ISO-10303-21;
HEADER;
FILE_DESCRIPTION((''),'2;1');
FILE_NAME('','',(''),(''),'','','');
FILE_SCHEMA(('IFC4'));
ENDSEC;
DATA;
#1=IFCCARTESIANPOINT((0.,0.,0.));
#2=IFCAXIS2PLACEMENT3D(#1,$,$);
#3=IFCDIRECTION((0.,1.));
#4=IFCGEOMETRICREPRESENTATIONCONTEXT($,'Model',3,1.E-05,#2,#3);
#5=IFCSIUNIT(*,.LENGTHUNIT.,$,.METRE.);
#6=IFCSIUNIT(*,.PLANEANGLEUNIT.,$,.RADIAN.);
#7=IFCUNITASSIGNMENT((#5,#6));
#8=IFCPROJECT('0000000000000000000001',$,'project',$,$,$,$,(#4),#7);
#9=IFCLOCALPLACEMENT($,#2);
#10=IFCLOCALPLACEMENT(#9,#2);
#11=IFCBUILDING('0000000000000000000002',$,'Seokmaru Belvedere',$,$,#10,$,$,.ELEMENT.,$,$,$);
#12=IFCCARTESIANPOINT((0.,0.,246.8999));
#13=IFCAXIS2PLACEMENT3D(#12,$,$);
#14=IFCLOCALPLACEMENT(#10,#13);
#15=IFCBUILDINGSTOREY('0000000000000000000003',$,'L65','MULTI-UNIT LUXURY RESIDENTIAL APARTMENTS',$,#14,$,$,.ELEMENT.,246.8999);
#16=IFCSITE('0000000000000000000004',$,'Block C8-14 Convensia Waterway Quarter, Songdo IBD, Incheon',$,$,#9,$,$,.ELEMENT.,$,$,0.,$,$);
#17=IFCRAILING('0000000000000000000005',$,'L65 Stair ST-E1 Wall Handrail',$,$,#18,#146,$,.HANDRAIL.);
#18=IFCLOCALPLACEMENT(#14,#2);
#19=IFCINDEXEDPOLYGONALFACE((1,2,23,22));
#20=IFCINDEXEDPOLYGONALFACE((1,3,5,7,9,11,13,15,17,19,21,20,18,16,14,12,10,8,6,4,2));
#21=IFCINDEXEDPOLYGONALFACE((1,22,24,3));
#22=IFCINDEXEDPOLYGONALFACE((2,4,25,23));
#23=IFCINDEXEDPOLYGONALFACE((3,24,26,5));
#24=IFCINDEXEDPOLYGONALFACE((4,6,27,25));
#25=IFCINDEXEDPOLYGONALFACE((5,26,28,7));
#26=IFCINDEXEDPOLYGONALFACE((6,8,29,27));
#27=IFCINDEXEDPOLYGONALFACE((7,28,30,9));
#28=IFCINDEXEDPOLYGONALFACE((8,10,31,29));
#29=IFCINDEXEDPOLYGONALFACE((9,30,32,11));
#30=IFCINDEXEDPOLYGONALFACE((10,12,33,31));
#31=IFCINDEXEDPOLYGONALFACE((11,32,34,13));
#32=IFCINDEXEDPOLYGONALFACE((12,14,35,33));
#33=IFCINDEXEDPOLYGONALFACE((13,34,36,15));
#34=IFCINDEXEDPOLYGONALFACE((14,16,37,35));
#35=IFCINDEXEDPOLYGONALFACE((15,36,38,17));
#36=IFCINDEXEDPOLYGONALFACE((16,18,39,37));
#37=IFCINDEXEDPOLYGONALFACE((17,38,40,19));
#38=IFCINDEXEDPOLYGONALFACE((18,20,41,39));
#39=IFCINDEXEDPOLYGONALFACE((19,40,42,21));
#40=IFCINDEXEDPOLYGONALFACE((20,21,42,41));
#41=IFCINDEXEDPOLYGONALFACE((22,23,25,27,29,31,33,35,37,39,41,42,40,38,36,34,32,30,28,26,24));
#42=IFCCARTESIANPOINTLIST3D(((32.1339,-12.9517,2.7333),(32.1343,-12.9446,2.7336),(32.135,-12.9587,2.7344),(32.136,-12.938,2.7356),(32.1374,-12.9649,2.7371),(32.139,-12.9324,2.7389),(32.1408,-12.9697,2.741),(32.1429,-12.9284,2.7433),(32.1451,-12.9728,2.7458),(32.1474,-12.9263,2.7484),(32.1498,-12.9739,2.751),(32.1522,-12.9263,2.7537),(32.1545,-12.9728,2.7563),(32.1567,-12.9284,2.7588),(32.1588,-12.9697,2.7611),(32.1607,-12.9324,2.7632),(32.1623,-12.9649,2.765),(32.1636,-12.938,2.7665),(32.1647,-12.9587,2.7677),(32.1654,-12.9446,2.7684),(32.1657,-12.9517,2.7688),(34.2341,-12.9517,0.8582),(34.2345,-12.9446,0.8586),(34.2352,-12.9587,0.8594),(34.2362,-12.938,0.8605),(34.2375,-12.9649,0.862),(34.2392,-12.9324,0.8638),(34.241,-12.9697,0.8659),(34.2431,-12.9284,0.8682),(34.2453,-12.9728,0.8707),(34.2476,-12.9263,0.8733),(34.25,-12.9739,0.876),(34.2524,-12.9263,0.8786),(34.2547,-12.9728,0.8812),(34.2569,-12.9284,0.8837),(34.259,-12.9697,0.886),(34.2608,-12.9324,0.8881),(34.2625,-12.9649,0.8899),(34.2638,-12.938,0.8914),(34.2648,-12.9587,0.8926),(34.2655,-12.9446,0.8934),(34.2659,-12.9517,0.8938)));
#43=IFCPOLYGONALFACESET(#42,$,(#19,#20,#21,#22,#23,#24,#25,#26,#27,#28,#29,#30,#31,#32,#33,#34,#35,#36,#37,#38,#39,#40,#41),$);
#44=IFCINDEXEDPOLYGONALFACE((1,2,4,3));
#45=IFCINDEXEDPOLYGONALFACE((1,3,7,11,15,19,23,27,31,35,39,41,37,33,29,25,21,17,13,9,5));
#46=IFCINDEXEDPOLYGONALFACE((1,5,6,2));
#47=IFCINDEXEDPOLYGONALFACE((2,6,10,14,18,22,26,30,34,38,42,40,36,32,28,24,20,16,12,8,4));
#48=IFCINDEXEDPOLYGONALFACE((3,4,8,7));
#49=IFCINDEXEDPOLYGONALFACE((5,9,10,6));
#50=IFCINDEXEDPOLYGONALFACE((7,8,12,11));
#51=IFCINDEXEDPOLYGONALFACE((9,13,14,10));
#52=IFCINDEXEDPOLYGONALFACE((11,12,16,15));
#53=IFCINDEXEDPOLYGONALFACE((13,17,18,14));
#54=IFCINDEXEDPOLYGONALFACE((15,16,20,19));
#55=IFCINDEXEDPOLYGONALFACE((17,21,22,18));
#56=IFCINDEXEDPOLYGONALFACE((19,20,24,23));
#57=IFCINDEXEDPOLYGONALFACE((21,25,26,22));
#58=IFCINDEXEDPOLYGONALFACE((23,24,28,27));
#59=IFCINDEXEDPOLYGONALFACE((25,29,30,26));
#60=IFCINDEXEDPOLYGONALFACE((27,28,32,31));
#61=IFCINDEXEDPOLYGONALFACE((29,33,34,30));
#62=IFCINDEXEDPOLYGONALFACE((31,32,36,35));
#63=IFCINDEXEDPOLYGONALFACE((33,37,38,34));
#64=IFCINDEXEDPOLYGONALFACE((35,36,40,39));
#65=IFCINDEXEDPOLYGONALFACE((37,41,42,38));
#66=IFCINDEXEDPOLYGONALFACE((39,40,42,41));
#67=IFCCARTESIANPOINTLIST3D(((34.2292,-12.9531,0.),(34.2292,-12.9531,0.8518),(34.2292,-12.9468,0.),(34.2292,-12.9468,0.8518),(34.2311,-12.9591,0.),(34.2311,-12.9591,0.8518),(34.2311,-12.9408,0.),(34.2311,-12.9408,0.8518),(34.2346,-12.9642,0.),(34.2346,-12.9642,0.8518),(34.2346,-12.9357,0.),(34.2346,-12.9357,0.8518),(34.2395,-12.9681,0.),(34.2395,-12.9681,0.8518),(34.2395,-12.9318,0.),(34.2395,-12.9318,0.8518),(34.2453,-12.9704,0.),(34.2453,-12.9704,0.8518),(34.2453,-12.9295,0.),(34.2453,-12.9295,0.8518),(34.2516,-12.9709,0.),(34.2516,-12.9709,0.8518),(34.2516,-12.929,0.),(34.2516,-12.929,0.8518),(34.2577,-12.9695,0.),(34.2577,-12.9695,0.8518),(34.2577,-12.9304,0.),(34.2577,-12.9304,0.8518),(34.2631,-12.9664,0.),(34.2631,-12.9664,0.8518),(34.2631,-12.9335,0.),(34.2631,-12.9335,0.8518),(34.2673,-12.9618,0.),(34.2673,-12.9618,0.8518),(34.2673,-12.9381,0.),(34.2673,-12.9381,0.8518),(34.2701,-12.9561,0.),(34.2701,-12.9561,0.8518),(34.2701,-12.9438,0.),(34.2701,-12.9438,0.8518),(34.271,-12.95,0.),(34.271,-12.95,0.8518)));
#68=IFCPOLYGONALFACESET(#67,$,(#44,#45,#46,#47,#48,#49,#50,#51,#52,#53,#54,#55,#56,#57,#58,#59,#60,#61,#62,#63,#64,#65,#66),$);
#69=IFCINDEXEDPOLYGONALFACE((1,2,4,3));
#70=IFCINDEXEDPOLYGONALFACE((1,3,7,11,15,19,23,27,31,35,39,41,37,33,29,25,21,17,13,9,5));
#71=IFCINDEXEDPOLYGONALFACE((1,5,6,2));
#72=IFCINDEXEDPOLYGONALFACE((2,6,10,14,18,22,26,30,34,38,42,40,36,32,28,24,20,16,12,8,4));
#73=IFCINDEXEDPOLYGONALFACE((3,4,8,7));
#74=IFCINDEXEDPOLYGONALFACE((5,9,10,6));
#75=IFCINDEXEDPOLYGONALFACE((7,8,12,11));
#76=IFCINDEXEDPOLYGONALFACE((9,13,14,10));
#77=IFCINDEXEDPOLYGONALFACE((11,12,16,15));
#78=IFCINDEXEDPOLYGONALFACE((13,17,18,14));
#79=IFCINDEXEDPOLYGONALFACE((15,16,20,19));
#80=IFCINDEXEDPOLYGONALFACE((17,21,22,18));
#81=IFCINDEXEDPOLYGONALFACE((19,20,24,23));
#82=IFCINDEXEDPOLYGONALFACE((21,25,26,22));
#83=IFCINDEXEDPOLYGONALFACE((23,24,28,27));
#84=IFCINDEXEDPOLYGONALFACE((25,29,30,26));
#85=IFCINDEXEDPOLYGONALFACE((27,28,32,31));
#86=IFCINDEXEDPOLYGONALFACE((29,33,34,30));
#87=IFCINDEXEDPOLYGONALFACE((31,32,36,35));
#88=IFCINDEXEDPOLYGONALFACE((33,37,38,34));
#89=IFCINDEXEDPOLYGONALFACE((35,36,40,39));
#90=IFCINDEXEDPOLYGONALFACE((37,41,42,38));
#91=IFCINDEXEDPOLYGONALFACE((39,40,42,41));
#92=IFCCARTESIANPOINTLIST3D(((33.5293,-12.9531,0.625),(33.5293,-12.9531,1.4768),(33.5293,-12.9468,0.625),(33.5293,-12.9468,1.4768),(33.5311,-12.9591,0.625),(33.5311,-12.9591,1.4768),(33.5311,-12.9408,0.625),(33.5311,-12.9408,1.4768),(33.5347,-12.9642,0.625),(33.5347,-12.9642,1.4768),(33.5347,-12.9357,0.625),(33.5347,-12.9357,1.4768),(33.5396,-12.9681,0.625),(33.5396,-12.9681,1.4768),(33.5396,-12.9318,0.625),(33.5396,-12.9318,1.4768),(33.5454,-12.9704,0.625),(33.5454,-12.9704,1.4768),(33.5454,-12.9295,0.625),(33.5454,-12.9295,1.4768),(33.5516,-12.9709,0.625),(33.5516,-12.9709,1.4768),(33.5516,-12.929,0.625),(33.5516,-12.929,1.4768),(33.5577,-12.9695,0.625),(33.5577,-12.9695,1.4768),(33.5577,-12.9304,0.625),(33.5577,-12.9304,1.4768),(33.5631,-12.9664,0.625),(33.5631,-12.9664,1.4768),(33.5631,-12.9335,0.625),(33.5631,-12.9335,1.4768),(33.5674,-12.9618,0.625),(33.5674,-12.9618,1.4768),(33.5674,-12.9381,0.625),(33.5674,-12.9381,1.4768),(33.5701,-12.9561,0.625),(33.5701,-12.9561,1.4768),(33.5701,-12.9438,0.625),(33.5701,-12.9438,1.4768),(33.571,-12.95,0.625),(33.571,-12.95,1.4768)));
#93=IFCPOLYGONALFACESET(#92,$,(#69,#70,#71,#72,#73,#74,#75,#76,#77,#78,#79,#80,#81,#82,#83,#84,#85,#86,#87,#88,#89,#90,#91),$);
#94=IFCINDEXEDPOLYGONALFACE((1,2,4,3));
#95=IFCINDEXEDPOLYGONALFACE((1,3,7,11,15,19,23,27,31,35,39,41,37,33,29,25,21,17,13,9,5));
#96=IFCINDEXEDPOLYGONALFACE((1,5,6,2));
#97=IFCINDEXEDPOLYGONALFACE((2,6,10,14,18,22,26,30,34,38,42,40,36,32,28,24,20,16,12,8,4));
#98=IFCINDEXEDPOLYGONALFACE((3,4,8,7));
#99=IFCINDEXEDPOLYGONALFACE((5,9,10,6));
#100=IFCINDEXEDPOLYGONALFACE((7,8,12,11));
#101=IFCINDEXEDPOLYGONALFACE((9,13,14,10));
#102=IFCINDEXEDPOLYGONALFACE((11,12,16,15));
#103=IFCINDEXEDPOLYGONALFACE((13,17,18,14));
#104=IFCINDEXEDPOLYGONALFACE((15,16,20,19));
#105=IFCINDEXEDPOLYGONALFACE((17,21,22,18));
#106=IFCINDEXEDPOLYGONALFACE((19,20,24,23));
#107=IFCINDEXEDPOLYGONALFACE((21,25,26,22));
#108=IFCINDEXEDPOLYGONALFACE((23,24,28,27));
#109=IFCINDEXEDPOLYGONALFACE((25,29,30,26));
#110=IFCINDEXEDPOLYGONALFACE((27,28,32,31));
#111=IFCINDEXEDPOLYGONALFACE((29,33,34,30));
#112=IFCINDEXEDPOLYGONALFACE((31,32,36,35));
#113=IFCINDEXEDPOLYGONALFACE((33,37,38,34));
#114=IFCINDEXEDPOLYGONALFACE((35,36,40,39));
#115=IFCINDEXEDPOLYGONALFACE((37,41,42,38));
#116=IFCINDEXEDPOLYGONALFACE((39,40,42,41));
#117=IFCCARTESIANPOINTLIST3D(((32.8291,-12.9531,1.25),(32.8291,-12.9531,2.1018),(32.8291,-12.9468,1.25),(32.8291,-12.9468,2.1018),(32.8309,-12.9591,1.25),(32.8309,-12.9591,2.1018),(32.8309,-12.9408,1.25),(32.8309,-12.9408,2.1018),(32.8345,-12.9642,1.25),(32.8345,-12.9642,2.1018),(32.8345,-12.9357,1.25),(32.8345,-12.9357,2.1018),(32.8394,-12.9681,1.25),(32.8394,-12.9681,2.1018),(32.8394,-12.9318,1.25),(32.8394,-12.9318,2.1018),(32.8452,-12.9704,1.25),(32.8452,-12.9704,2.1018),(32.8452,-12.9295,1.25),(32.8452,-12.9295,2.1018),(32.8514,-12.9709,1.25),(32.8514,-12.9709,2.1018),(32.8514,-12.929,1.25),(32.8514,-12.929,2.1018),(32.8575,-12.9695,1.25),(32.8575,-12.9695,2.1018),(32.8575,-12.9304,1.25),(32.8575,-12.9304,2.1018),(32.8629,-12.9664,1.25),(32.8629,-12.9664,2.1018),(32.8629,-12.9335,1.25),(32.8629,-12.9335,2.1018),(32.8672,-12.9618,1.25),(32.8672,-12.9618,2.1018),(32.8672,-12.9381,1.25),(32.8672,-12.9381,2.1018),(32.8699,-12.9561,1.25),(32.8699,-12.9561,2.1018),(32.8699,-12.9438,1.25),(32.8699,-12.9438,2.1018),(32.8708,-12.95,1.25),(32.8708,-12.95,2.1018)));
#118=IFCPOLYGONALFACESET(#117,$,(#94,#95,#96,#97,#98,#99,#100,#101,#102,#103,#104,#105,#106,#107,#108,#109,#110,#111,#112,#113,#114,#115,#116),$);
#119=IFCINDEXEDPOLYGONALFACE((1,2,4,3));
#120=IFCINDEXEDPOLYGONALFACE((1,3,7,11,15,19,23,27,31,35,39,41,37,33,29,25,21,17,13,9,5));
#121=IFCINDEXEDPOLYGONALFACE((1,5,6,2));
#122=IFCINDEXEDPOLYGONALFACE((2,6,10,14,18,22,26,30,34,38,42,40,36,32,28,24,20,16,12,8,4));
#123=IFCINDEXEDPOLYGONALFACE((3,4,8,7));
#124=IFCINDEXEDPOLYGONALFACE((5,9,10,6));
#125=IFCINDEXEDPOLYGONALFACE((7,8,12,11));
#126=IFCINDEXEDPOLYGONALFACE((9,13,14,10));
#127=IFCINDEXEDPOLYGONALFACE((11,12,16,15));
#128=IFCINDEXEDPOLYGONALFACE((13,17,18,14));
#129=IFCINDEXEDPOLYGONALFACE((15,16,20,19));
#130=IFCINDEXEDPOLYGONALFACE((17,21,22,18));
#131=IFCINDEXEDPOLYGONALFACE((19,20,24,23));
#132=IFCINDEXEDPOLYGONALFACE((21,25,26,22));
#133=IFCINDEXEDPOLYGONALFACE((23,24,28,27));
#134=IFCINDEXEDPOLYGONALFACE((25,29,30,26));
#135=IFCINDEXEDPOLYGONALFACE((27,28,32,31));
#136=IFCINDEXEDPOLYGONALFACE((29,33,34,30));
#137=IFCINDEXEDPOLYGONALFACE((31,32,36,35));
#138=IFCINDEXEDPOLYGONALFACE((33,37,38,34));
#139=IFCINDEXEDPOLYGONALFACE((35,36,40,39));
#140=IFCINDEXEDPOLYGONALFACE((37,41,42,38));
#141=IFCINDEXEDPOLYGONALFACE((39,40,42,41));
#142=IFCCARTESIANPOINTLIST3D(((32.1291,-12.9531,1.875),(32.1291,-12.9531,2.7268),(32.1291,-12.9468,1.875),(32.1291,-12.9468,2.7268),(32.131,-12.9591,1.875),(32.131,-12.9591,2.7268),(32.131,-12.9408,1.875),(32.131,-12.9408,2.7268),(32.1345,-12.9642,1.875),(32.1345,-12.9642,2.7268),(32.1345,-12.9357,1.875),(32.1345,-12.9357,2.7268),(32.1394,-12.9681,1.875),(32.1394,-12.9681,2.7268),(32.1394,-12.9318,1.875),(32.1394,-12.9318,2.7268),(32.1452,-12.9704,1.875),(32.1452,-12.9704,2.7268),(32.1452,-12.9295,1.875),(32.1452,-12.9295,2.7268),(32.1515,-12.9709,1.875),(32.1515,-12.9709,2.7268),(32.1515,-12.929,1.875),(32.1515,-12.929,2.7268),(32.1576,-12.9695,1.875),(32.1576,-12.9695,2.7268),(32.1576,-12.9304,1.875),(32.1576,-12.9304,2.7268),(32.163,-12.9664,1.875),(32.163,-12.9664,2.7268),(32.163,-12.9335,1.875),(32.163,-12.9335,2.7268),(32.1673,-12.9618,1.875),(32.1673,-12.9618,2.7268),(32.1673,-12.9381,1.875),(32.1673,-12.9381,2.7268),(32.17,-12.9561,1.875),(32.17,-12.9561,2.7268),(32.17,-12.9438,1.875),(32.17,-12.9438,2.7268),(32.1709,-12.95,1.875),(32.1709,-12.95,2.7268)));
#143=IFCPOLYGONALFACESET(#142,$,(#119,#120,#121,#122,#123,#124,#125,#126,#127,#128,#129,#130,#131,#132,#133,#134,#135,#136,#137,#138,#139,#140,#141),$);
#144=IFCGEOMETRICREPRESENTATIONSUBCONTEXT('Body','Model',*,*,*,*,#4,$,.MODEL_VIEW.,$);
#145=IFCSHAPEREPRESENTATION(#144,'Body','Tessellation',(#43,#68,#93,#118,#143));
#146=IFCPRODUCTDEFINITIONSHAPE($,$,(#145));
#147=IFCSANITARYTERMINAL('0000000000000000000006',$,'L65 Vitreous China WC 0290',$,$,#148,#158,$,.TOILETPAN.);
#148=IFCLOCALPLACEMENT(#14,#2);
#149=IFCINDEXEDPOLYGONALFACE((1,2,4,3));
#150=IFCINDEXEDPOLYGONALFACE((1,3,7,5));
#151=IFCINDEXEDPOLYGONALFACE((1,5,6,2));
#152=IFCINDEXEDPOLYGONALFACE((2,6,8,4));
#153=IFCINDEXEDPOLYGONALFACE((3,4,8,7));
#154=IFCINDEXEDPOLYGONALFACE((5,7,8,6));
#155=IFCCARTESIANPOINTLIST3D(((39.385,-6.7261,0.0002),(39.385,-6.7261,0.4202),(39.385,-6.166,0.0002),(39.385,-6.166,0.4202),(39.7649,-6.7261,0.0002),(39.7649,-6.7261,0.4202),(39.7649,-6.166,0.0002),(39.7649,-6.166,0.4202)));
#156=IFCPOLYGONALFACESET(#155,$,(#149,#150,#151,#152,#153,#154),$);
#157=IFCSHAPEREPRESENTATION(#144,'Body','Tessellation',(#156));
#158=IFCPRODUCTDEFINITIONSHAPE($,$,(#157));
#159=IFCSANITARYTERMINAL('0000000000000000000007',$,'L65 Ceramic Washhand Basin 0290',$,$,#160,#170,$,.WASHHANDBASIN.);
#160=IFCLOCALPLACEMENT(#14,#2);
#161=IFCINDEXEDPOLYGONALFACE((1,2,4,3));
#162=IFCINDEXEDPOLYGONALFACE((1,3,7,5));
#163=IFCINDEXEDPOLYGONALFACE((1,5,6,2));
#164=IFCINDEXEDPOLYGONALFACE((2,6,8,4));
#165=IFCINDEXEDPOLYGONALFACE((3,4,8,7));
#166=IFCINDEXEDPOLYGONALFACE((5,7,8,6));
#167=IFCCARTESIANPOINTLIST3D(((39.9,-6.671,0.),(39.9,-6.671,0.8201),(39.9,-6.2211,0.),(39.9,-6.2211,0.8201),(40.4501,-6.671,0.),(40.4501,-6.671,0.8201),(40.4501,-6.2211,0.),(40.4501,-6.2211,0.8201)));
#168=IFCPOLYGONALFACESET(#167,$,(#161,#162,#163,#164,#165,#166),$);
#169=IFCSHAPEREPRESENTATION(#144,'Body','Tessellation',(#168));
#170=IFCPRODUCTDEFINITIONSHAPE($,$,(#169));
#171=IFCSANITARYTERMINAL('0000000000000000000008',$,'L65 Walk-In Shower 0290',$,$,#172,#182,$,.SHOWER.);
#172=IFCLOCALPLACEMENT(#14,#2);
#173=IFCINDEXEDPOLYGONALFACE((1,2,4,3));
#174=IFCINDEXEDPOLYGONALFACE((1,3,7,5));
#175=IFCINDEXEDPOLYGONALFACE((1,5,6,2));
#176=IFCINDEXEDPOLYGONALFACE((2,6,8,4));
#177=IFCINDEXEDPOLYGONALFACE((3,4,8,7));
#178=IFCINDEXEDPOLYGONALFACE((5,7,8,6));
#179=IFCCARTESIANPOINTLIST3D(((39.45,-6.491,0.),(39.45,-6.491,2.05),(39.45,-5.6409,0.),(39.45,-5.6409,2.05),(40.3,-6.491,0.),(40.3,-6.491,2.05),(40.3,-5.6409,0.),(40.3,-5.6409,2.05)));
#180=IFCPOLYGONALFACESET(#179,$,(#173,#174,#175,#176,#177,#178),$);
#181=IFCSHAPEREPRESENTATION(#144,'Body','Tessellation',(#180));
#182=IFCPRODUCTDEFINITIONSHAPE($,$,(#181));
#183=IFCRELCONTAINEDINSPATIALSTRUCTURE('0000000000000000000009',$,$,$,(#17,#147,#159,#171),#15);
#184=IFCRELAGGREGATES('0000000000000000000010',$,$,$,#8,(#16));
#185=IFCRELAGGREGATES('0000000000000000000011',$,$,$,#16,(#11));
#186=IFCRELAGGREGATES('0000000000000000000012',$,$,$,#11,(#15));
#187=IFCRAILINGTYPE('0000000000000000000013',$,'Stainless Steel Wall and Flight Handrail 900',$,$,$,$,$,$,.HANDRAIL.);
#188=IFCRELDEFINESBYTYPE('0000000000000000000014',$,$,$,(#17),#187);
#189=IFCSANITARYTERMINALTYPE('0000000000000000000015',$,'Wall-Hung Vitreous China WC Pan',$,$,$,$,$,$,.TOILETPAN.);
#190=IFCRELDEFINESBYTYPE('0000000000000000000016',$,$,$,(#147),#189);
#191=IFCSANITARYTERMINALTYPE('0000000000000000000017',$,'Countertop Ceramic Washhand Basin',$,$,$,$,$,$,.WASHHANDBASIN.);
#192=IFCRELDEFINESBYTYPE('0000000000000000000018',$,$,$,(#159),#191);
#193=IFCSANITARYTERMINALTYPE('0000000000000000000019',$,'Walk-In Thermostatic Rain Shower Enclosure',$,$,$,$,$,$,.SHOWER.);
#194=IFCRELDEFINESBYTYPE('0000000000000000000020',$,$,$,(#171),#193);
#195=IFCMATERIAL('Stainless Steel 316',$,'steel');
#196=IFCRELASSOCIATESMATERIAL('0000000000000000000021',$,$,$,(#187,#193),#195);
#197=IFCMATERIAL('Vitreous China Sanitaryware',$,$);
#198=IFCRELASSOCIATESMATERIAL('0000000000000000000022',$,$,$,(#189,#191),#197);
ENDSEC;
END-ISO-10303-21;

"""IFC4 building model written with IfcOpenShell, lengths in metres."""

from ifc_helpers import new_model, si_unit, direction, frame, origin, origin_2d, place, context, subcontext, project, spatial, rectangle, circle, extrude, source, transform, mapped, material, type_object, type_shapes, element, save


model = new_model("IFC4")

# Units and contexts
model_context = context("Model", 3, precision=1e-05, world=origin(), true_north=direction((0.0, 1.0)))
body_context = subcontext(model_context, "Body", "Model", "MODEL_VIEW")
ifc_project = project(units=[si_unit("LENGTHUNIT", "METRE"), si_unit("PLANEANGLEUNIT", "RADIAN")], contexts=[model_context])

# Site, building, storey
site_placement = place(None, origin())
site = spatial("IfcSite", under=ifc_project, at=site_placement, Name="Block C8-14 Convensia Waterway Quarter, Songdo IBD, Incheon", CompositionType="ELEMENT", RefElevation=0.0)
building_placement = place(site_placement, origin())
building = spatial("IfcBuilding", under=site, at=building_placement, Name="Seokmaru Belvedere", CompositionType="ELEMENT")
storey_placement = place(building_placement, frame((0.0, 0.0, 246.8999)))
storey = spatial("IfcBuildingStorey", under=building, at=storey_placement, Name="L65", Description="MULTI-UNIT LUXURY RESIDENTIAL APARTMENTS", CompositionType="ELEMENT", Elevation=246.8999)

# Railing
ifc_material_1 = material(Name="Stainless Steel 316", Category="steel")
railing_type_1 = type_object("IfcRailingType", Name="Stainless Steel Wall and Flight Handrail 900", PredefinedType="HANDRAIL", material=ifc_material_1)
railing_1_placement = place(storey_placement, frame((34.25, -12.95, 0.0)))
element("IfcRailing", 1, at=railing_1_placement, inside=storey, type_object=railing_type_1, Name="L65 Stair ST-E1 Wall Handrail", PredefinedType="HANDRAIL", context=body_context, shape_type="SweptSolid", body=[
    extrude(circle(Radius=0.0239, at=origin_2d()), frame((0.0, 0.0, 0.876), z_axis=(-0.745953, 0.0, 0.665999), x_axis=(0.0, -1.0, 0.0)), (0.0, 0.0, 1.0), 2.8154),
    extrude(circle(Radius=0.021, at=origin_2d()), origin(), (0.0, 0.0, 1.0), 0.8518),
    extrude(circle(Radius=0.021, at=origin_2d()), frame((-0.7, 0.0, 0.625)), (0.0, 0.0, 1.0), 0.8518),
    extrude(circle(Radius=0.021, at=origin_2d()), frame((-1.4001, 0.0, 1.25)), (0.0, 0.0, 1.0), 0.8518),
    extrude(circle(Radius=0.021, at=origin_2d()), frame((-2.1001, 0.0, 1.875)), (0.0, 0.0, 1.0), 0.8518),
])

# Sanitary terminals
ifc_material_2 = material(Name="Vitreous China Sanitaryware")
sanitary_terminal_type_1 = type_object("IfcSanitaryTerminalType", Name="Wall-Hung Vitreous China WC Pan", PredefinedType="TOILETPAN", material=ifc_material_2)
shared_shape_1 = source(origin(), body_context, "Body", "SweptSolid", [
    extrude(rectangle(XDim=0.3799, YDim=0.5601, at=origin_2d()), origin(), (0.0, 0.0, 1.0), 0.4199),
])
type_shapes(sanitary_terminal_type_1, [shared_shape_1])
sanitary_terminal_1_placement = place(storey_placement, frame((39.575, -6.446, 0.0002), z_axis=(0.0, 0.0, 1.0), x_axis=(1.0, 0.0, 0.0)))
element("IfcSanitaryTerminal", 2, at=sanitary_terminal_1_placement, inside=storey, type_object=sanitary_terminal_type_1, Name="L65 Vitreous China WC 0290", PredefinedType="TOILETPAN", context=body_context, shape_type="MappedRepresentation", body=[
    mapped(shared_shape_1, transform((0.0, 0.0, 0.0), scale=1.0)),
])
sanitary_terminal_type_2 = type_object("IfcSanitaryTerminalType", Name="Countertop Ceramic Washhand Basin", PredefinedType="WASHHANDBASIN", material=ifc_material_2)
shared_shape_2 = source(origin(), body_context, "Body", "SweptSolid", [
    extrude(rectangle(XDim=0.55, YDim=0.45, at=origin_2d()), origin(), (0.0, 0.0, 1.0), 0.8201),
])
type_shapes(sanitary_terminal_type_2, [shared_shape_2])
sanitary_terminal_2_placement = place(storey_placement, frame((40.175, -6.446, 0.0), z_axis=(0.0, 0.0, 1.0), x_axis=(1.0, 0.0, 0.0)))
element("IfcSanitaryTerminal", 3, at=sanitary_terminal_2_placement, inside=storey, type_object=sanitary_terminal_type_2, Name="L65 Ceramic Washhand Basin 0290", PredefinedType="WASHHANDBASIN", context=body_context, shape_type="MappedRepresentation", body=[
    mapped(shared_shape_2, transform((0.0, 0.0, 0.0), scale=1.0)),
])
sanitary_terminal_type_3 = type_object("IfcSanitaryTerminalType", Name="Walk-In Thermostatic Rain Shower Enclosure", PredefinedType="SHOWER", material=ifc_material_1)
shared_shape_3 = source(origin(), body_context, "Body", "SweptSolid", [
    extrude(rectangle(XDim=0.8501, YDim=0.8501, at=origin_2d()), origin(), (0.0, 0.0, 1.0), 2.05),
])
type_shapes(sanitary_terminal_type_3, [shared_shape_3])
sanitary_terminal_3_placement = place(storey_placement, frame((39.875, -6.0659, 0.0), z_axis=(0.0, 0.0, 1.0), x_axis=(1.0, 0.0, 0.0)))
element("IfcSanitaryTerminal", 4, at=sanitary_terminal_3_placement, inside=storey, type_object=sanitary_terminal_type_3, Name="L65 Walk-In Shower 0290", PredefinedType="SHOWER", context=body_context, shape_type="MappedRepresentation", body=[
    mapped(shared_shape_3, transform((0.0, 0.0, 0.0), scale=1.0)),
])

save(model, "model.ifc")
